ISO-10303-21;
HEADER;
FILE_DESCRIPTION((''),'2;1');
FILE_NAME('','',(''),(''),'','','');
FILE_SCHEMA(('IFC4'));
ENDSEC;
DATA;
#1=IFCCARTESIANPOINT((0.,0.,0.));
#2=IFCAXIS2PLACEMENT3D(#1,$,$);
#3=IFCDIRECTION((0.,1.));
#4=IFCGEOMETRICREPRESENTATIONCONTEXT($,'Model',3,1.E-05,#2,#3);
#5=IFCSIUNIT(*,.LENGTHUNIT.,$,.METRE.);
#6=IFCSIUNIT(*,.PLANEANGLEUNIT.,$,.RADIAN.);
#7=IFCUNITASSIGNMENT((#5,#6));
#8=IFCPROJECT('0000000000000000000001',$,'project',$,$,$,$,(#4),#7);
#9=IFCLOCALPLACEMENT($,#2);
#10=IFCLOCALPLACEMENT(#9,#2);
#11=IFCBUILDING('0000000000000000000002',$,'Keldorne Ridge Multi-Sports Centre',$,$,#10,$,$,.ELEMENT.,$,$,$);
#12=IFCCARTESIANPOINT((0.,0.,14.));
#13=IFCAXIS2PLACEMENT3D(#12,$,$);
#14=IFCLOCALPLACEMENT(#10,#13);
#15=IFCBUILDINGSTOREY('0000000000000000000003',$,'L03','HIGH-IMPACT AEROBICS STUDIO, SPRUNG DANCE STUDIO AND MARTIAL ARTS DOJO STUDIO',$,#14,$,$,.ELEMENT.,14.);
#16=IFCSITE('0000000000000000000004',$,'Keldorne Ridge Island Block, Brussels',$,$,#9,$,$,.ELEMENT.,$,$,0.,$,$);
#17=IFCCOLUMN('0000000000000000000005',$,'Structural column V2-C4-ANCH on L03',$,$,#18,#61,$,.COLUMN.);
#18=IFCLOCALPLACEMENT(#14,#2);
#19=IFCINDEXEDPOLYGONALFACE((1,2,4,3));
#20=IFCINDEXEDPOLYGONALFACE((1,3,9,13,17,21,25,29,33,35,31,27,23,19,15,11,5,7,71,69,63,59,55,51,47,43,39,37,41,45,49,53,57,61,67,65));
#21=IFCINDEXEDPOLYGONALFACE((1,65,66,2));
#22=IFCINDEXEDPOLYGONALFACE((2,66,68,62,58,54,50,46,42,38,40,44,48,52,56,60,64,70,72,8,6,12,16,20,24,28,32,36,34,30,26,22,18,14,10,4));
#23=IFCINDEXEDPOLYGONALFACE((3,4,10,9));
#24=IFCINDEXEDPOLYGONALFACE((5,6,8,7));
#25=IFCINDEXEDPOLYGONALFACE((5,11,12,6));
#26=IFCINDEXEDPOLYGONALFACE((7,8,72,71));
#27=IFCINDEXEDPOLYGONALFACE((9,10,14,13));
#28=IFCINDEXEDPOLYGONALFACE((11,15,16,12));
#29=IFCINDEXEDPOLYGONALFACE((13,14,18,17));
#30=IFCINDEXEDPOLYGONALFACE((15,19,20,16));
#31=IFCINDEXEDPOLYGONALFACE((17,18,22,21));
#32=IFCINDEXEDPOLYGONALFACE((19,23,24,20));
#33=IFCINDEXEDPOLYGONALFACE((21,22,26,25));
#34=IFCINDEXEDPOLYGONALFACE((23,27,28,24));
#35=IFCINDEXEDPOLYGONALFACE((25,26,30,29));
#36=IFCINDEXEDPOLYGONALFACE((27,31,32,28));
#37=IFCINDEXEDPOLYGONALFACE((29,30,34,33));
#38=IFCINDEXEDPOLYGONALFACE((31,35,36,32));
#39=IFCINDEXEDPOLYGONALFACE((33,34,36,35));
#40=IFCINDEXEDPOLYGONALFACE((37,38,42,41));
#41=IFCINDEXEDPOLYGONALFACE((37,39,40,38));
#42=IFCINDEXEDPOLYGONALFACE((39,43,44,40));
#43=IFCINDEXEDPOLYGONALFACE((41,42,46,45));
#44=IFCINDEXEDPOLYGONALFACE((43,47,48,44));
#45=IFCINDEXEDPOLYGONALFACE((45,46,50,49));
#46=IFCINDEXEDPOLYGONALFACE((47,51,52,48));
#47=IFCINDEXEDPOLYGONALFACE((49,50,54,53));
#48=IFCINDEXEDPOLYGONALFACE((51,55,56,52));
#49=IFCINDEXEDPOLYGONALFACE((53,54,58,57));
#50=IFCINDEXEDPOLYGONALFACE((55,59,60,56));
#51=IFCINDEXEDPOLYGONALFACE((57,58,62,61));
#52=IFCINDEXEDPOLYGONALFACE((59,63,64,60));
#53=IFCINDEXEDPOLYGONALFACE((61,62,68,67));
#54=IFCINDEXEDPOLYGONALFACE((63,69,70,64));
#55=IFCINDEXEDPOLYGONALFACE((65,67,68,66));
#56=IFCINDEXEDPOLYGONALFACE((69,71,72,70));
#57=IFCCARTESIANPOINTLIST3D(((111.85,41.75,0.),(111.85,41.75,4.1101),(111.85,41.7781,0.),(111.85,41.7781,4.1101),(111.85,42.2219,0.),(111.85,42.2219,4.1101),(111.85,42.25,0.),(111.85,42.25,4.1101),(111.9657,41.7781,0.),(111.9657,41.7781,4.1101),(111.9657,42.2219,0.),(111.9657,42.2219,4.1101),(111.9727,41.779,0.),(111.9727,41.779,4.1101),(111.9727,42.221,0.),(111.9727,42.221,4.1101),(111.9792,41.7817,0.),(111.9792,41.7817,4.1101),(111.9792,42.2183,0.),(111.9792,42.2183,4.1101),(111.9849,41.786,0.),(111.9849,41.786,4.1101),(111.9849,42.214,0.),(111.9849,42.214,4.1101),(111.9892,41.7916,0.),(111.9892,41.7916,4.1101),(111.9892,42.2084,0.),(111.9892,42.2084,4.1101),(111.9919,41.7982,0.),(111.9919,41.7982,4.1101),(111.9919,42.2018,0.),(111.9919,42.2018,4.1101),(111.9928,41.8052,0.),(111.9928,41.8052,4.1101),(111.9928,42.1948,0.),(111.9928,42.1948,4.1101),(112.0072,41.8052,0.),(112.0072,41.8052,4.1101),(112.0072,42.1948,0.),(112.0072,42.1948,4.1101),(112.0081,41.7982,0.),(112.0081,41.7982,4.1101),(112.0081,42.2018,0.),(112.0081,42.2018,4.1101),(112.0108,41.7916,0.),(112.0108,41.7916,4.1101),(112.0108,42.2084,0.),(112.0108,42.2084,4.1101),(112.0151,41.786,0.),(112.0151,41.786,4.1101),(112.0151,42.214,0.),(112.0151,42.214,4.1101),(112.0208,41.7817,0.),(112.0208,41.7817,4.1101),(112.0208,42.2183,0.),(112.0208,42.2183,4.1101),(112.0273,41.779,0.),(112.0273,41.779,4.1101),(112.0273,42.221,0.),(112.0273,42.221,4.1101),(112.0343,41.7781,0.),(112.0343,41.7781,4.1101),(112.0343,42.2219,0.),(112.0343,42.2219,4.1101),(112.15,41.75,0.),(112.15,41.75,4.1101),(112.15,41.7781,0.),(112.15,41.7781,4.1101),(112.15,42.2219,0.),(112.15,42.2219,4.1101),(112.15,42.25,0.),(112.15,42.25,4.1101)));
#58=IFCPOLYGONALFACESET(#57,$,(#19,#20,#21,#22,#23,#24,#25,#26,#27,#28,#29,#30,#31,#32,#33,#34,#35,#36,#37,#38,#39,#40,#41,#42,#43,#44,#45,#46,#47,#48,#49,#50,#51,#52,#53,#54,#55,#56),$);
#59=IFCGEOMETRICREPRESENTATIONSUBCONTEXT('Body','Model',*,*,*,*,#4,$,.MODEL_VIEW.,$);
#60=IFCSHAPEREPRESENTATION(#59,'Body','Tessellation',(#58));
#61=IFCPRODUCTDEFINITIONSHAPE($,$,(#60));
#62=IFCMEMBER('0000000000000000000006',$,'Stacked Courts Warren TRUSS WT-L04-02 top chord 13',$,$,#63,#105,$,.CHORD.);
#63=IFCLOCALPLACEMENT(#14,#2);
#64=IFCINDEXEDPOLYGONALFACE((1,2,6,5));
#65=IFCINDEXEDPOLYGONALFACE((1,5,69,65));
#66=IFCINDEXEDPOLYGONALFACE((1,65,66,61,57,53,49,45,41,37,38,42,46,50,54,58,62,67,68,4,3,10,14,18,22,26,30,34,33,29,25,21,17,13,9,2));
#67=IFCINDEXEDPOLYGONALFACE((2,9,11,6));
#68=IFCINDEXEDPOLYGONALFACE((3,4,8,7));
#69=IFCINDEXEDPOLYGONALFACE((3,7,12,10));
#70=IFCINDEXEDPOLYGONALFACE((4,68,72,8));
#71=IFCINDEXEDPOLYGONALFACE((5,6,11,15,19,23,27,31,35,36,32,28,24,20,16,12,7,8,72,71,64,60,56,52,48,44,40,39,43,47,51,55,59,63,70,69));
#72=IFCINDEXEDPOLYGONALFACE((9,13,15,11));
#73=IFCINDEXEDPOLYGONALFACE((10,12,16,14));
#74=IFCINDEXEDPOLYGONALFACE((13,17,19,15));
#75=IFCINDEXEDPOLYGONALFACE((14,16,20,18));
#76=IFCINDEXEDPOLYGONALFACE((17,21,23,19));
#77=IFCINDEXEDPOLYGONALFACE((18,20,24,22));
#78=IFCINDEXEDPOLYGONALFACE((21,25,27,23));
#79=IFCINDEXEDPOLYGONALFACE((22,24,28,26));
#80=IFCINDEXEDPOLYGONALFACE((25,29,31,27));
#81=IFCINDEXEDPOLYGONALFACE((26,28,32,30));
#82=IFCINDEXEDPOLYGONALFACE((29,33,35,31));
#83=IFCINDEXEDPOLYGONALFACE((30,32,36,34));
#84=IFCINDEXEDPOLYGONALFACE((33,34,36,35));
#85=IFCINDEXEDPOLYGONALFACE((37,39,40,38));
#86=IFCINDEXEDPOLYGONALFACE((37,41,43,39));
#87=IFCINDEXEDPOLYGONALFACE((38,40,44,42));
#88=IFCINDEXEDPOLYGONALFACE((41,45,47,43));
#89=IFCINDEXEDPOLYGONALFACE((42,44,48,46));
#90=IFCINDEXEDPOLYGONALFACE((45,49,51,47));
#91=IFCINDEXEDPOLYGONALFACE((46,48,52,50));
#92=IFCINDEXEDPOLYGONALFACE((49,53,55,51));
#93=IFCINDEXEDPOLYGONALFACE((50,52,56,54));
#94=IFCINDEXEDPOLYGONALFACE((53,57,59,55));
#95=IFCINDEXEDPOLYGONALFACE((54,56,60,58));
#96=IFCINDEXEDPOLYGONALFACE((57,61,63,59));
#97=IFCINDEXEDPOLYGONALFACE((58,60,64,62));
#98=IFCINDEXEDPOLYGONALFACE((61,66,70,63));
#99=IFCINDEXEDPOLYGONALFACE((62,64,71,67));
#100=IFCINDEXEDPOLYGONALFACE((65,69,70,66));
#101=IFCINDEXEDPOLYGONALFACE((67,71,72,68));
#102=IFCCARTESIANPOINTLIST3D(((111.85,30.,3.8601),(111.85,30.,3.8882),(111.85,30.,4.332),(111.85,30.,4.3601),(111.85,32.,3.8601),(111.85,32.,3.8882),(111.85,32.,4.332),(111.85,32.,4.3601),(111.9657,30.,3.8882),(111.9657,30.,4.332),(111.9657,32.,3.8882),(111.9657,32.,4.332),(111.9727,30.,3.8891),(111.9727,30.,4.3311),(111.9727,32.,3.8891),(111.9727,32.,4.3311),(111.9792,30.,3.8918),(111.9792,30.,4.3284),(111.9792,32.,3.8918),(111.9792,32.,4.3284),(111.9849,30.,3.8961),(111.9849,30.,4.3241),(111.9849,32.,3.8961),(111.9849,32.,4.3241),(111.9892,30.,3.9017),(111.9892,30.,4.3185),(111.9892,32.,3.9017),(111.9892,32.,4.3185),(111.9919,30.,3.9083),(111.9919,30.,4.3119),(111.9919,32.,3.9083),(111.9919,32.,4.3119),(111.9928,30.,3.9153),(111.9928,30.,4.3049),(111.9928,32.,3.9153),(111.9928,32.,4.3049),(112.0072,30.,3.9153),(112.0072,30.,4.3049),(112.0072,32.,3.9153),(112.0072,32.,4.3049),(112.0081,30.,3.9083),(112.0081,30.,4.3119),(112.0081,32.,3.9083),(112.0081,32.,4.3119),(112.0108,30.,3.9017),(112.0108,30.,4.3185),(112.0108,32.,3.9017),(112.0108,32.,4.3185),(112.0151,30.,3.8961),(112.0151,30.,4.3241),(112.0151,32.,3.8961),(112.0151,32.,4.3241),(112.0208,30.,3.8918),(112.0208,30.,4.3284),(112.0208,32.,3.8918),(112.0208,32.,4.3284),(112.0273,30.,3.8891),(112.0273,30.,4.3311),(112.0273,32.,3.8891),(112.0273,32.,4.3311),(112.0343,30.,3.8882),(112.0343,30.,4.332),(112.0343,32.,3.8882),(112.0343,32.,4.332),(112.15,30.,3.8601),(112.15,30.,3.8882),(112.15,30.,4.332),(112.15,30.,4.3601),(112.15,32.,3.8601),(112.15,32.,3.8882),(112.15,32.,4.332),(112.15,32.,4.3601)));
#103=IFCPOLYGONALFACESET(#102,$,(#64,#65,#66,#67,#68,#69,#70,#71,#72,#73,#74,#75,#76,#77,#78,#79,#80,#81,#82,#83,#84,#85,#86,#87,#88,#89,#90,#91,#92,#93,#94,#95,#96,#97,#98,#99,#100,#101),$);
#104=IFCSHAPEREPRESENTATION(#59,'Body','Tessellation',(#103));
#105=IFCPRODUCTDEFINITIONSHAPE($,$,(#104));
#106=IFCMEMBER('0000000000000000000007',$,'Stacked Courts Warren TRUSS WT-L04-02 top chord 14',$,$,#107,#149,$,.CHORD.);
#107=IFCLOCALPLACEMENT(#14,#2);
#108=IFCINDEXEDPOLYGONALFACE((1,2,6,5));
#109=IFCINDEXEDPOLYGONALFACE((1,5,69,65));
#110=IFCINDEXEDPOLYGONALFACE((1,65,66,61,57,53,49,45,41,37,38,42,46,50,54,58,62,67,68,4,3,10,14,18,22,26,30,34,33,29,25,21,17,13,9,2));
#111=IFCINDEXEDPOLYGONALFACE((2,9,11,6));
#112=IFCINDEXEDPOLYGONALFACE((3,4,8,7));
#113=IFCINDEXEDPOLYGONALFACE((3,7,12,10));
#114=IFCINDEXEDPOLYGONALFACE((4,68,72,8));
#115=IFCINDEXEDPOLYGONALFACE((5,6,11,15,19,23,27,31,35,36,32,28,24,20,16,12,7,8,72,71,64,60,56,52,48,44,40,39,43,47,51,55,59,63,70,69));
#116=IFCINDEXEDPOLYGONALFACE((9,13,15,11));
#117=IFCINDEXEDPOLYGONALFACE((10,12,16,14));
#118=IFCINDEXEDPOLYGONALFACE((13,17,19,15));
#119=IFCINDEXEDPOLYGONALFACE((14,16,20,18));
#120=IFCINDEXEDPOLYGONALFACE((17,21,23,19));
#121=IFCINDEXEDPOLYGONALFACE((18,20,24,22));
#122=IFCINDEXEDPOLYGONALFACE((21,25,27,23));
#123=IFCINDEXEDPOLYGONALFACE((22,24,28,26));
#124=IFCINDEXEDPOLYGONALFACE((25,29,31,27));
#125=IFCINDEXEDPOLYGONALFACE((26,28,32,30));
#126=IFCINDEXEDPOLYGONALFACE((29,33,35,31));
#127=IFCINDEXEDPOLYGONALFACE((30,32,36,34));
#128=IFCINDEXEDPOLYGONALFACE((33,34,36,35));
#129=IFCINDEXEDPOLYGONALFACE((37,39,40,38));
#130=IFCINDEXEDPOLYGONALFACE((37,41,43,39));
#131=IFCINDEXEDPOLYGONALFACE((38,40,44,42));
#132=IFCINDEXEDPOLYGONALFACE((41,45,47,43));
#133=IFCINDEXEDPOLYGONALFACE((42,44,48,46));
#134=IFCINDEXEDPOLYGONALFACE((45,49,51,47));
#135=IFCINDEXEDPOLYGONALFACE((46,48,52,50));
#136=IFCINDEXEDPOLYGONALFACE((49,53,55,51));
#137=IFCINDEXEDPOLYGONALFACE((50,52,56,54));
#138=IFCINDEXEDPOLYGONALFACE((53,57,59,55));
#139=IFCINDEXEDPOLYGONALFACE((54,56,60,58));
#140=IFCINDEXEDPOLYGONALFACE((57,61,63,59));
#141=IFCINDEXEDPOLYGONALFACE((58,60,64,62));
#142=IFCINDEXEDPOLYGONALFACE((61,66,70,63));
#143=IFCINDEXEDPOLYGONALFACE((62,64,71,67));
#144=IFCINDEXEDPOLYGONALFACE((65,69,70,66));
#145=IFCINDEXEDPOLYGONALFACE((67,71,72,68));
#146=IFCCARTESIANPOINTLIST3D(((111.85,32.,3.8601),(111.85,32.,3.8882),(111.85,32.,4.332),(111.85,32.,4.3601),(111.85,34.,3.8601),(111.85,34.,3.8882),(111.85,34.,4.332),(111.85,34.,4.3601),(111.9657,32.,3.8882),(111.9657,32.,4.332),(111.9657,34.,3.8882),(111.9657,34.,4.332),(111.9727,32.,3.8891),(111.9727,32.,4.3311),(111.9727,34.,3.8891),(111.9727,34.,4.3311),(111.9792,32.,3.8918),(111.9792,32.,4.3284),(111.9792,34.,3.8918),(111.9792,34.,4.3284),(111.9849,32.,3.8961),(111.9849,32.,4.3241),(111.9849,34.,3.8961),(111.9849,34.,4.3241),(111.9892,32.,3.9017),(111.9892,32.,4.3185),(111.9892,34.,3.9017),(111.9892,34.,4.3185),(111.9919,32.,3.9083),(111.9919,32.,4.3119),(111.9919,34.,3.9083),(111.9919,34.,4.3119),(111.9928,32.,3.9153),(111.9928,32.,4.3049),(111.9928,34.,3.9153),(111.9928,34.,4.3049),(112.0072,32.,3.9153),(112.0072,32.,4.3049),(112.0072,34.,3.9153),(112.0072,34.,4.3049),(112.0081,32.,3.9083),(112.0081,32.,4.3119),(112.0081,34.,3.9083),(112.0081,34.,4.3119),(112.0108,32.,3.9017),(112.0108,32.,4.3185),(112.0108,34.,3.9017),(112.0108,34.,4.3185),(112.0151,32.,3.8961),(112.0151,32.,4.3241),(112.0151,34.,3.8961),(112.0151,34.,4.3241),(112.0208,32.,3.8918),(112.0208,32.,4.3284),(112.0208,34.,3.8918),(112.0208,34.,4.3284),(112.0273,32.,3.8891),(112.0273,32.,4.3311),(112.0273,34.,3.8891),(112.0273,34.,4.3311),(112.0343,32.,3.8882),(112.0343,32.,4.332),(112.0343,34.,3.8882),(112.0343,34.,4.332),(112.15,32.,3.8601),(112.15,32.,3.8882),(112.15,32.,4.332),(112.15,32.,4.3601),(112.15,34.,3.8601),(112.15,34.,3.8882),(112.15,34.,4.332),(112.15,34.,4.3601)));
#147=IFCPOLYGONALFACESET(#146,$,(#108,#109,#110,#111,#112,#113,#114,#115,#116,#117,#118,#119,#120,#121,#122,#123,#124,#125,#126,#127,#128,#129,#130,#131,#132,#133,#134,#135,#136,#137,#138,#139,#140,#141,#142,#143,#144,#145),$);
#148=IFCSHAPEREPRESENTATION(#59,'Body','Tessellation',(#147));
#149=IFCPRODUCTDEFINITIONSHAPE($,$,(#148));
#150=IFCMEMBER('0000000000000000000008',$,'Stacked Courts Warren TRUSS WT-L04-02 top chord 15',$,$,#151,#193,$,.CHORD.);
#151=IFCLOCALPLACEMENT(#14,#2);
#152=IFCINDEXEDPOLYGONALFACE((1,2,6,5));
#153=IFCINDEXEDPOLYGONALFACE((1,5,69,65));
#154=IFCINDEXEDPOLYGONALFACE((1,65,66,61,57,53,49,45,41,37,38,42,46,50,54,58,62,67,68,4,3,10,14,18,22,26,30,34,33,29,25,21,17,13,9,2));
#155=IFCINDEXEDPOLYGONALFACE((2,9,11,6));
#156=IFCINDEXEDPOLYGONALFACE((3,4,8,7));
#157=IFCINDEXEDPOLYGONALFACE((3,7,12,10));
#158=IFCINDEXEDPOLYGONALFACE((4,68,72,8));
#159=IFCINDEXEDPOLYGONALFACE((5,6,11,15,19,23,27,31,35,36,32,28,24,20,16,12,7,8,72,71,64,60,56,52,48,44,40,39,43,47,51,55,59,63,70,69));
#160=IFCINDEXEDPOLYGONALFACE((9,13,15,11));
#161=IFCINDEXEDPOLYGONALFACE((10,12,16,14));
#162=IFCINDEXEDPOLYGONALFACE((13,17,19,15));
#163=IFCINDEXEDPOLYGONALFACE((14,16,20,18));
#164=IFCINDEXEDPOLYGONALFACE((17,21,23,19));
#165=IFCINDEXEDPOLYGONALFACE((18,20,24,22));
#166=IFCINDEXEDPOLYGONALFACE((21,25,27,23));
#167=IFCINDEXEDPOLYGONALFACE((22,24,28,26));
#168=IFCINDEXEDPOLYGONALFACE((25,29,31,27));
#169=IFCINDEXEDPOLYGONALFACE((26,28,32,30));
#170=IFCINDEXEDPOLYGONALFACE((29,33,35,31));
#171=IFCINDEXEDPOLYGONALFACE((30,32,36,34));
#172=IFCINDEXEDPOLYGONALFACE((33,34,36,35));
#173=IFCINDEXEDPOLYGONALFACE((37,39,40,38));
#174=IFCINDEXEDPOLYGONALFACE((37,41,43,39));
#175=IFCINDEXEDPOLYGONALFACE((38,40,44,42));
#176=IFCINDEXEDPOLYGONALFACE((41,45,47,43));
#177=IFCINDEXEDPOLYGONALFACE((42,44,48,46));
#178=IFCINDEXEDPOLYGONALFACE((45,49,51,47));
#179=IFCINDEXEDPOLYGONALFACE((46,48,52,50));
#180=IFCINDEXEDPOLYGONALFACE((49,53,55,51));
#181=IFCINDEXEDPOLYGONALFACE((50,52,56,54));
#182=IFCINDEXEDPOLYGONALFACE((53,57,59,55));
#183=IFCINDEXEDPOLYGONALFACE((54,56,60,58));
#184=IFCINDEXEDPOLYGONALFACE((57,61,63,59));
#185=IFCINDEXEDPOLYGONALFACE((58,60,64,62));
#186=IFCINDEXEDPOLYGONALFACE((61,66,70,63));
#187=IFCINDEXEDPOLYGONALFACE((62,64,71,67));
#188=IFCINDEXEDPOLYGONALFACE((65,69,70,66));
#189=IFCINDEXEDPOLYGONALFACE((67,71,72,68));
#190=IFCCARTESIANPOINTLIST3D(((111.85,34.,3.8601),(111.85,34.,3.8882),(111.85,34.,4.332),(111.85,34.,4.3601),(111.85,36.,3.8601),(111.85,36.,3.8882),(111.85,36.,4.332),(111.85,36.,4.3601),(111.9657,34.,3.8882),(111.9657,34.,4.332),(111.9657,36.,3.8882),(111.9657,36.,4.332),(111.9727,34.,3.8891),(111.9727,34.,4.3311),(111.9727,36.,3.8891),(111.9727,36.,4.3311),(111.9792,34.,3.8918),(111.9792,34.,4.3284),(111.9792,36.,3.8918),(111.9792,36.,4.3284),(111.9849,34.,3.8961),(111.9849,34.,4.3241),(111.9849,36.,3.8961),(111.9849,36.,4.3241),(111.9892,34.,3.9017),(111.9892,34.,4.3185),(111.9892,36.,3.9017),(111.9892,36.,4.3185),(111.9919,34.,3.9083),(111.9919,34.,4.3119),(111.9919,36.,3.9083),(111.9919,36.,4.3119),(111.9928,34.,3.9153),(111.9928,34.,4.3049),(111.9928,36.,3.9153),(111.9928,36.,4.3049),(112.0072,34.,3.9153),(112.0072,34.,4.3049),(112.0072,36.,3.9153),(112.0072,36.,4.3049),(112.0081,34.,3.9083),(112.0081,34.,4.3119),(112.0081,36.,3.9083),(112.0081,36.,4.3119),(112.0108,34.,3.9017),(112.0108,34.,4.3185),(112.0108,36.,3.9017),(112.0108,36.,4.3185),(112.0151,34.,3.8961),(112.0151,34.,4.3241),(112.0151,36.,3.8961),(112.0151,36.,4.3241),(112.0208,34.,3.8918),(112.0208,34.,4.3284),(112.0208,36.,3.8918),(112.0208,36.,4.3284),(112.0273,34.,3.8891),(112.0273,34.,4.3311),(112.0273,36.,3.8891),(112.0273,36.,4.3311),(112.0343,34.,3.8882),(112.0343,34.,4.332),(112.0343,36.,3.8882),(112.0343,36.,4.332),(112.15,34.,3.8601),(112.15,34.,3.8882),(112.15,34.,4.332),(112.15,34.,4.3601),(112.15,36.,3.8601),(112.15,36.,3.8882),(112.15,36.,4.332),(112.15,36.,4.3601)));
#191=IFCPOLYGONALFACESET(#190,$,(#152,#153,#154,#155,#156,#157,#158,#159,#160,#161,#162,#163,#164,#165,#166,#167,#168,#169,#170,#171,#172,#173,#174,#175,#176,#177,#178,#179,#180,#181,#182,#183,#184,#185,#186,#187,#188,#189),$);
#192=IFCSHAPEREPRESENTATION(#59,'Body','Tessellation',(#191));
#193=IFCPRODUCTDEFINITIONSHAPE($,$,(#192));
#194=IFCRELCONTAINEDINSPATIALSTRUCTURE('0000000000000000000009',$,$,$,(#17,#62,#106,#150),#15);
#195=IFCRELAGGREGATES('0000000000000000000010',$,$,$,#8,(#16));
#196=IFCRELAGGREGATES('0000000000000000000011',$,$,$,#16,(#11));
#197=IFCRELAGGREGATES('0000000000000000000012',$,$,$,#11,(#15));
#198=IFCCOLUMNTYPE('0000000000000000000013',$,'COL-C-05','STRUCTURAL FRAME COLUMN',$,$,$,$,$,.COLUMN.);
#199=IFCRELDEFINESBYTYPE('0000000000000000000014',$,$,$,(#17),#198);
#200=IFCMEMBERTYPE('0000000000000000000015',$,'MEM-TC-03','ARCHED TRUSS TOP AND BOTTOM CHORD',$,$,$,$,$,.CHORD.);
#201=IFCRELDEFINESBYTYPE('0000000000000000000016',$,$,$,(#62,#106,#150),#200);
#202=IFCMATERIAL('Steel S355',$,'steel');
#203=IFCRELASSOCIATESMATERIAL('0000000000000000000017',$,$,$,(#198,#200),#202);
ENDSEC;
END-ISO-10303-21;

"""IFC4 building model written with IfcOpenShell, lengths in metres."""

from ifc_helpers import new_model, si_unit, direction, frame, origin, origin_2d, place, context, subcontext, project, spatial, i_section, extrude, material, material_profile, profile_set, type_object, element, save


model = new_model("IFC4")

# Units and contexts
model_context = context("Model", 3, precision=1e-05, world=origin(), true_north=direction((0.0, 1.0)))
body_context = subcontext(model_context, "Body", "Model", "MODEL_VIEW")
ifc_project = project(units=[si_unit("LENGTHUNIT", "METRE"), si_unit("PLANEANGLEUNIT", "RADIAN")], contexts=[model_context])

# Site, building, storey
site_placement = place(None, origin())
site = spatial("IfcSite", under=ifc_project, at=site_placement, Name="Keldorne Ridge Island Block, Brussels", CompositionType="ELEMENT", RefElevation=0.0)
building_placement = place(site_placement, origin())
building = spatial("IfcBuilding", under=site, at=building_placement, Name="Keldorne Ridge Multi-Sports Centre", CompositionType="ELEMENT")
storey_placement = place(building_placement, frame((0.0, 0.0, 14.0)))
storey = spatial("IfcBuildingStorey", under=building, at=storey_placement, Name="L03", Description="HIGH-IMPACT AEROBICS STUDIO, SPRUNG DANCE STUDIO AND MARTIAL ARTS DOJO STUDIO", CompositionType="ELEMENT", Elevation=14.0)

# Column
ifc_material_1 = material(Name="Steel S355", Category="steel")
ifc_material_profile_1 = material_profile(ifc_material_1, i_section(OverallWidth=0.3, OverallDepth=0.5, WebThickness=0.0144, FlangeThickness=0.0281, FilletRadius=0.0271, at=origin_2d()), Name="HEB 500")
ifc_profile_set_1 = profile_set([ifc_material_profile_1], Name="Steel S355")
column_type = type_object("IfcColumnType", Name="COL-C-05", Description="STRUCTURAL FRAME COLUMN", PredefinedType="COLUMN", material=ifc_profile_set_1)
column_placement = place(storey_placement, frame((112.0, 42.0, 0.0), z_axis=(0.0, 0.0, 1.0), x_axis=(1.0, 0.0, 0.0)))
element("IfcColumn", 1, at=column_placement, inside=storey, type_object=column_type, Name="Structural column V2-C4-ANCH on L03", PredefinedType="COLUMN", context=body_context, shape_type="SweptSolid", body=[
    extrude(i_section(OverallWidth=0.3, OverallDepth=0.5, WebThickness=0.0144, FlangeThickness=0.0281, FilletRadius=0.0271, at=origin_2d()), origin(), (0.0, 0.0, 1.0), 4.1101),
])

# Members
ifc_material_profile_2 = material_profile(ifc_material_1, i_section(OverallWidth=0.3, OverallDepth=0.5, WebThickness=0.0144, FlangeThickness=0.0281, FilletRadius=0.0271, at=origin_2d()), Name="HEB 500")
ifc_profile_set_2 = profile_set([ifc_material_profile_2], Name="Steel S355")
member_type_1 = type_object("IfcMemberType", Name="MEM-TC-03", Description="ARCHED TRUSS TOP AND BOTTOM CHORD", PredefinedType="CHORD", material=ifc_profile_set_2)
for number, where, z_axis, x_axis, name in (
    (2, (112.0, 30.0, 4.1101), (0.0, 1.0, 0.0), (-1.0, 0.0, 0.0), "Stacked Courts Warren TRUSS WT-L04-02 top chord 13"),
    (3, (112.0, 32.0, 4.1101), (0.0, 1.0, 0.0), (-1.0, 0.0, 0.0), "Stacked Courts Warren TRUSS WT-L04-02 top chord 14"),
    (4, (112.0, 34.0, 4.1101), (0.0, 1.0, 0.0), (-1.0, 0.0, 0.0), "Stacked Courts Warren TRUSS WT-L04-02 top chord 15"),
):
    element("IfcMember", number, at=place(storey_placement, frame(where, z_axis=z_axis, x_axis=x_axis)), inside=storey, type_object=member_type_1, Name=name, PredefinedType="CHORD", context=body_context, shape_type="SweptSolid", body=[
        extrude(i_section(OverallWidth=0.3, OverallDepth=0.5, WebThickness=0.0144, FlangeThickness=0.0281, FilletRadius=0.0271, at=origin_2d()), origin(), (0.0, 0.0, 1.0), 2.0),
    ])

save(model, "model.ifc")
